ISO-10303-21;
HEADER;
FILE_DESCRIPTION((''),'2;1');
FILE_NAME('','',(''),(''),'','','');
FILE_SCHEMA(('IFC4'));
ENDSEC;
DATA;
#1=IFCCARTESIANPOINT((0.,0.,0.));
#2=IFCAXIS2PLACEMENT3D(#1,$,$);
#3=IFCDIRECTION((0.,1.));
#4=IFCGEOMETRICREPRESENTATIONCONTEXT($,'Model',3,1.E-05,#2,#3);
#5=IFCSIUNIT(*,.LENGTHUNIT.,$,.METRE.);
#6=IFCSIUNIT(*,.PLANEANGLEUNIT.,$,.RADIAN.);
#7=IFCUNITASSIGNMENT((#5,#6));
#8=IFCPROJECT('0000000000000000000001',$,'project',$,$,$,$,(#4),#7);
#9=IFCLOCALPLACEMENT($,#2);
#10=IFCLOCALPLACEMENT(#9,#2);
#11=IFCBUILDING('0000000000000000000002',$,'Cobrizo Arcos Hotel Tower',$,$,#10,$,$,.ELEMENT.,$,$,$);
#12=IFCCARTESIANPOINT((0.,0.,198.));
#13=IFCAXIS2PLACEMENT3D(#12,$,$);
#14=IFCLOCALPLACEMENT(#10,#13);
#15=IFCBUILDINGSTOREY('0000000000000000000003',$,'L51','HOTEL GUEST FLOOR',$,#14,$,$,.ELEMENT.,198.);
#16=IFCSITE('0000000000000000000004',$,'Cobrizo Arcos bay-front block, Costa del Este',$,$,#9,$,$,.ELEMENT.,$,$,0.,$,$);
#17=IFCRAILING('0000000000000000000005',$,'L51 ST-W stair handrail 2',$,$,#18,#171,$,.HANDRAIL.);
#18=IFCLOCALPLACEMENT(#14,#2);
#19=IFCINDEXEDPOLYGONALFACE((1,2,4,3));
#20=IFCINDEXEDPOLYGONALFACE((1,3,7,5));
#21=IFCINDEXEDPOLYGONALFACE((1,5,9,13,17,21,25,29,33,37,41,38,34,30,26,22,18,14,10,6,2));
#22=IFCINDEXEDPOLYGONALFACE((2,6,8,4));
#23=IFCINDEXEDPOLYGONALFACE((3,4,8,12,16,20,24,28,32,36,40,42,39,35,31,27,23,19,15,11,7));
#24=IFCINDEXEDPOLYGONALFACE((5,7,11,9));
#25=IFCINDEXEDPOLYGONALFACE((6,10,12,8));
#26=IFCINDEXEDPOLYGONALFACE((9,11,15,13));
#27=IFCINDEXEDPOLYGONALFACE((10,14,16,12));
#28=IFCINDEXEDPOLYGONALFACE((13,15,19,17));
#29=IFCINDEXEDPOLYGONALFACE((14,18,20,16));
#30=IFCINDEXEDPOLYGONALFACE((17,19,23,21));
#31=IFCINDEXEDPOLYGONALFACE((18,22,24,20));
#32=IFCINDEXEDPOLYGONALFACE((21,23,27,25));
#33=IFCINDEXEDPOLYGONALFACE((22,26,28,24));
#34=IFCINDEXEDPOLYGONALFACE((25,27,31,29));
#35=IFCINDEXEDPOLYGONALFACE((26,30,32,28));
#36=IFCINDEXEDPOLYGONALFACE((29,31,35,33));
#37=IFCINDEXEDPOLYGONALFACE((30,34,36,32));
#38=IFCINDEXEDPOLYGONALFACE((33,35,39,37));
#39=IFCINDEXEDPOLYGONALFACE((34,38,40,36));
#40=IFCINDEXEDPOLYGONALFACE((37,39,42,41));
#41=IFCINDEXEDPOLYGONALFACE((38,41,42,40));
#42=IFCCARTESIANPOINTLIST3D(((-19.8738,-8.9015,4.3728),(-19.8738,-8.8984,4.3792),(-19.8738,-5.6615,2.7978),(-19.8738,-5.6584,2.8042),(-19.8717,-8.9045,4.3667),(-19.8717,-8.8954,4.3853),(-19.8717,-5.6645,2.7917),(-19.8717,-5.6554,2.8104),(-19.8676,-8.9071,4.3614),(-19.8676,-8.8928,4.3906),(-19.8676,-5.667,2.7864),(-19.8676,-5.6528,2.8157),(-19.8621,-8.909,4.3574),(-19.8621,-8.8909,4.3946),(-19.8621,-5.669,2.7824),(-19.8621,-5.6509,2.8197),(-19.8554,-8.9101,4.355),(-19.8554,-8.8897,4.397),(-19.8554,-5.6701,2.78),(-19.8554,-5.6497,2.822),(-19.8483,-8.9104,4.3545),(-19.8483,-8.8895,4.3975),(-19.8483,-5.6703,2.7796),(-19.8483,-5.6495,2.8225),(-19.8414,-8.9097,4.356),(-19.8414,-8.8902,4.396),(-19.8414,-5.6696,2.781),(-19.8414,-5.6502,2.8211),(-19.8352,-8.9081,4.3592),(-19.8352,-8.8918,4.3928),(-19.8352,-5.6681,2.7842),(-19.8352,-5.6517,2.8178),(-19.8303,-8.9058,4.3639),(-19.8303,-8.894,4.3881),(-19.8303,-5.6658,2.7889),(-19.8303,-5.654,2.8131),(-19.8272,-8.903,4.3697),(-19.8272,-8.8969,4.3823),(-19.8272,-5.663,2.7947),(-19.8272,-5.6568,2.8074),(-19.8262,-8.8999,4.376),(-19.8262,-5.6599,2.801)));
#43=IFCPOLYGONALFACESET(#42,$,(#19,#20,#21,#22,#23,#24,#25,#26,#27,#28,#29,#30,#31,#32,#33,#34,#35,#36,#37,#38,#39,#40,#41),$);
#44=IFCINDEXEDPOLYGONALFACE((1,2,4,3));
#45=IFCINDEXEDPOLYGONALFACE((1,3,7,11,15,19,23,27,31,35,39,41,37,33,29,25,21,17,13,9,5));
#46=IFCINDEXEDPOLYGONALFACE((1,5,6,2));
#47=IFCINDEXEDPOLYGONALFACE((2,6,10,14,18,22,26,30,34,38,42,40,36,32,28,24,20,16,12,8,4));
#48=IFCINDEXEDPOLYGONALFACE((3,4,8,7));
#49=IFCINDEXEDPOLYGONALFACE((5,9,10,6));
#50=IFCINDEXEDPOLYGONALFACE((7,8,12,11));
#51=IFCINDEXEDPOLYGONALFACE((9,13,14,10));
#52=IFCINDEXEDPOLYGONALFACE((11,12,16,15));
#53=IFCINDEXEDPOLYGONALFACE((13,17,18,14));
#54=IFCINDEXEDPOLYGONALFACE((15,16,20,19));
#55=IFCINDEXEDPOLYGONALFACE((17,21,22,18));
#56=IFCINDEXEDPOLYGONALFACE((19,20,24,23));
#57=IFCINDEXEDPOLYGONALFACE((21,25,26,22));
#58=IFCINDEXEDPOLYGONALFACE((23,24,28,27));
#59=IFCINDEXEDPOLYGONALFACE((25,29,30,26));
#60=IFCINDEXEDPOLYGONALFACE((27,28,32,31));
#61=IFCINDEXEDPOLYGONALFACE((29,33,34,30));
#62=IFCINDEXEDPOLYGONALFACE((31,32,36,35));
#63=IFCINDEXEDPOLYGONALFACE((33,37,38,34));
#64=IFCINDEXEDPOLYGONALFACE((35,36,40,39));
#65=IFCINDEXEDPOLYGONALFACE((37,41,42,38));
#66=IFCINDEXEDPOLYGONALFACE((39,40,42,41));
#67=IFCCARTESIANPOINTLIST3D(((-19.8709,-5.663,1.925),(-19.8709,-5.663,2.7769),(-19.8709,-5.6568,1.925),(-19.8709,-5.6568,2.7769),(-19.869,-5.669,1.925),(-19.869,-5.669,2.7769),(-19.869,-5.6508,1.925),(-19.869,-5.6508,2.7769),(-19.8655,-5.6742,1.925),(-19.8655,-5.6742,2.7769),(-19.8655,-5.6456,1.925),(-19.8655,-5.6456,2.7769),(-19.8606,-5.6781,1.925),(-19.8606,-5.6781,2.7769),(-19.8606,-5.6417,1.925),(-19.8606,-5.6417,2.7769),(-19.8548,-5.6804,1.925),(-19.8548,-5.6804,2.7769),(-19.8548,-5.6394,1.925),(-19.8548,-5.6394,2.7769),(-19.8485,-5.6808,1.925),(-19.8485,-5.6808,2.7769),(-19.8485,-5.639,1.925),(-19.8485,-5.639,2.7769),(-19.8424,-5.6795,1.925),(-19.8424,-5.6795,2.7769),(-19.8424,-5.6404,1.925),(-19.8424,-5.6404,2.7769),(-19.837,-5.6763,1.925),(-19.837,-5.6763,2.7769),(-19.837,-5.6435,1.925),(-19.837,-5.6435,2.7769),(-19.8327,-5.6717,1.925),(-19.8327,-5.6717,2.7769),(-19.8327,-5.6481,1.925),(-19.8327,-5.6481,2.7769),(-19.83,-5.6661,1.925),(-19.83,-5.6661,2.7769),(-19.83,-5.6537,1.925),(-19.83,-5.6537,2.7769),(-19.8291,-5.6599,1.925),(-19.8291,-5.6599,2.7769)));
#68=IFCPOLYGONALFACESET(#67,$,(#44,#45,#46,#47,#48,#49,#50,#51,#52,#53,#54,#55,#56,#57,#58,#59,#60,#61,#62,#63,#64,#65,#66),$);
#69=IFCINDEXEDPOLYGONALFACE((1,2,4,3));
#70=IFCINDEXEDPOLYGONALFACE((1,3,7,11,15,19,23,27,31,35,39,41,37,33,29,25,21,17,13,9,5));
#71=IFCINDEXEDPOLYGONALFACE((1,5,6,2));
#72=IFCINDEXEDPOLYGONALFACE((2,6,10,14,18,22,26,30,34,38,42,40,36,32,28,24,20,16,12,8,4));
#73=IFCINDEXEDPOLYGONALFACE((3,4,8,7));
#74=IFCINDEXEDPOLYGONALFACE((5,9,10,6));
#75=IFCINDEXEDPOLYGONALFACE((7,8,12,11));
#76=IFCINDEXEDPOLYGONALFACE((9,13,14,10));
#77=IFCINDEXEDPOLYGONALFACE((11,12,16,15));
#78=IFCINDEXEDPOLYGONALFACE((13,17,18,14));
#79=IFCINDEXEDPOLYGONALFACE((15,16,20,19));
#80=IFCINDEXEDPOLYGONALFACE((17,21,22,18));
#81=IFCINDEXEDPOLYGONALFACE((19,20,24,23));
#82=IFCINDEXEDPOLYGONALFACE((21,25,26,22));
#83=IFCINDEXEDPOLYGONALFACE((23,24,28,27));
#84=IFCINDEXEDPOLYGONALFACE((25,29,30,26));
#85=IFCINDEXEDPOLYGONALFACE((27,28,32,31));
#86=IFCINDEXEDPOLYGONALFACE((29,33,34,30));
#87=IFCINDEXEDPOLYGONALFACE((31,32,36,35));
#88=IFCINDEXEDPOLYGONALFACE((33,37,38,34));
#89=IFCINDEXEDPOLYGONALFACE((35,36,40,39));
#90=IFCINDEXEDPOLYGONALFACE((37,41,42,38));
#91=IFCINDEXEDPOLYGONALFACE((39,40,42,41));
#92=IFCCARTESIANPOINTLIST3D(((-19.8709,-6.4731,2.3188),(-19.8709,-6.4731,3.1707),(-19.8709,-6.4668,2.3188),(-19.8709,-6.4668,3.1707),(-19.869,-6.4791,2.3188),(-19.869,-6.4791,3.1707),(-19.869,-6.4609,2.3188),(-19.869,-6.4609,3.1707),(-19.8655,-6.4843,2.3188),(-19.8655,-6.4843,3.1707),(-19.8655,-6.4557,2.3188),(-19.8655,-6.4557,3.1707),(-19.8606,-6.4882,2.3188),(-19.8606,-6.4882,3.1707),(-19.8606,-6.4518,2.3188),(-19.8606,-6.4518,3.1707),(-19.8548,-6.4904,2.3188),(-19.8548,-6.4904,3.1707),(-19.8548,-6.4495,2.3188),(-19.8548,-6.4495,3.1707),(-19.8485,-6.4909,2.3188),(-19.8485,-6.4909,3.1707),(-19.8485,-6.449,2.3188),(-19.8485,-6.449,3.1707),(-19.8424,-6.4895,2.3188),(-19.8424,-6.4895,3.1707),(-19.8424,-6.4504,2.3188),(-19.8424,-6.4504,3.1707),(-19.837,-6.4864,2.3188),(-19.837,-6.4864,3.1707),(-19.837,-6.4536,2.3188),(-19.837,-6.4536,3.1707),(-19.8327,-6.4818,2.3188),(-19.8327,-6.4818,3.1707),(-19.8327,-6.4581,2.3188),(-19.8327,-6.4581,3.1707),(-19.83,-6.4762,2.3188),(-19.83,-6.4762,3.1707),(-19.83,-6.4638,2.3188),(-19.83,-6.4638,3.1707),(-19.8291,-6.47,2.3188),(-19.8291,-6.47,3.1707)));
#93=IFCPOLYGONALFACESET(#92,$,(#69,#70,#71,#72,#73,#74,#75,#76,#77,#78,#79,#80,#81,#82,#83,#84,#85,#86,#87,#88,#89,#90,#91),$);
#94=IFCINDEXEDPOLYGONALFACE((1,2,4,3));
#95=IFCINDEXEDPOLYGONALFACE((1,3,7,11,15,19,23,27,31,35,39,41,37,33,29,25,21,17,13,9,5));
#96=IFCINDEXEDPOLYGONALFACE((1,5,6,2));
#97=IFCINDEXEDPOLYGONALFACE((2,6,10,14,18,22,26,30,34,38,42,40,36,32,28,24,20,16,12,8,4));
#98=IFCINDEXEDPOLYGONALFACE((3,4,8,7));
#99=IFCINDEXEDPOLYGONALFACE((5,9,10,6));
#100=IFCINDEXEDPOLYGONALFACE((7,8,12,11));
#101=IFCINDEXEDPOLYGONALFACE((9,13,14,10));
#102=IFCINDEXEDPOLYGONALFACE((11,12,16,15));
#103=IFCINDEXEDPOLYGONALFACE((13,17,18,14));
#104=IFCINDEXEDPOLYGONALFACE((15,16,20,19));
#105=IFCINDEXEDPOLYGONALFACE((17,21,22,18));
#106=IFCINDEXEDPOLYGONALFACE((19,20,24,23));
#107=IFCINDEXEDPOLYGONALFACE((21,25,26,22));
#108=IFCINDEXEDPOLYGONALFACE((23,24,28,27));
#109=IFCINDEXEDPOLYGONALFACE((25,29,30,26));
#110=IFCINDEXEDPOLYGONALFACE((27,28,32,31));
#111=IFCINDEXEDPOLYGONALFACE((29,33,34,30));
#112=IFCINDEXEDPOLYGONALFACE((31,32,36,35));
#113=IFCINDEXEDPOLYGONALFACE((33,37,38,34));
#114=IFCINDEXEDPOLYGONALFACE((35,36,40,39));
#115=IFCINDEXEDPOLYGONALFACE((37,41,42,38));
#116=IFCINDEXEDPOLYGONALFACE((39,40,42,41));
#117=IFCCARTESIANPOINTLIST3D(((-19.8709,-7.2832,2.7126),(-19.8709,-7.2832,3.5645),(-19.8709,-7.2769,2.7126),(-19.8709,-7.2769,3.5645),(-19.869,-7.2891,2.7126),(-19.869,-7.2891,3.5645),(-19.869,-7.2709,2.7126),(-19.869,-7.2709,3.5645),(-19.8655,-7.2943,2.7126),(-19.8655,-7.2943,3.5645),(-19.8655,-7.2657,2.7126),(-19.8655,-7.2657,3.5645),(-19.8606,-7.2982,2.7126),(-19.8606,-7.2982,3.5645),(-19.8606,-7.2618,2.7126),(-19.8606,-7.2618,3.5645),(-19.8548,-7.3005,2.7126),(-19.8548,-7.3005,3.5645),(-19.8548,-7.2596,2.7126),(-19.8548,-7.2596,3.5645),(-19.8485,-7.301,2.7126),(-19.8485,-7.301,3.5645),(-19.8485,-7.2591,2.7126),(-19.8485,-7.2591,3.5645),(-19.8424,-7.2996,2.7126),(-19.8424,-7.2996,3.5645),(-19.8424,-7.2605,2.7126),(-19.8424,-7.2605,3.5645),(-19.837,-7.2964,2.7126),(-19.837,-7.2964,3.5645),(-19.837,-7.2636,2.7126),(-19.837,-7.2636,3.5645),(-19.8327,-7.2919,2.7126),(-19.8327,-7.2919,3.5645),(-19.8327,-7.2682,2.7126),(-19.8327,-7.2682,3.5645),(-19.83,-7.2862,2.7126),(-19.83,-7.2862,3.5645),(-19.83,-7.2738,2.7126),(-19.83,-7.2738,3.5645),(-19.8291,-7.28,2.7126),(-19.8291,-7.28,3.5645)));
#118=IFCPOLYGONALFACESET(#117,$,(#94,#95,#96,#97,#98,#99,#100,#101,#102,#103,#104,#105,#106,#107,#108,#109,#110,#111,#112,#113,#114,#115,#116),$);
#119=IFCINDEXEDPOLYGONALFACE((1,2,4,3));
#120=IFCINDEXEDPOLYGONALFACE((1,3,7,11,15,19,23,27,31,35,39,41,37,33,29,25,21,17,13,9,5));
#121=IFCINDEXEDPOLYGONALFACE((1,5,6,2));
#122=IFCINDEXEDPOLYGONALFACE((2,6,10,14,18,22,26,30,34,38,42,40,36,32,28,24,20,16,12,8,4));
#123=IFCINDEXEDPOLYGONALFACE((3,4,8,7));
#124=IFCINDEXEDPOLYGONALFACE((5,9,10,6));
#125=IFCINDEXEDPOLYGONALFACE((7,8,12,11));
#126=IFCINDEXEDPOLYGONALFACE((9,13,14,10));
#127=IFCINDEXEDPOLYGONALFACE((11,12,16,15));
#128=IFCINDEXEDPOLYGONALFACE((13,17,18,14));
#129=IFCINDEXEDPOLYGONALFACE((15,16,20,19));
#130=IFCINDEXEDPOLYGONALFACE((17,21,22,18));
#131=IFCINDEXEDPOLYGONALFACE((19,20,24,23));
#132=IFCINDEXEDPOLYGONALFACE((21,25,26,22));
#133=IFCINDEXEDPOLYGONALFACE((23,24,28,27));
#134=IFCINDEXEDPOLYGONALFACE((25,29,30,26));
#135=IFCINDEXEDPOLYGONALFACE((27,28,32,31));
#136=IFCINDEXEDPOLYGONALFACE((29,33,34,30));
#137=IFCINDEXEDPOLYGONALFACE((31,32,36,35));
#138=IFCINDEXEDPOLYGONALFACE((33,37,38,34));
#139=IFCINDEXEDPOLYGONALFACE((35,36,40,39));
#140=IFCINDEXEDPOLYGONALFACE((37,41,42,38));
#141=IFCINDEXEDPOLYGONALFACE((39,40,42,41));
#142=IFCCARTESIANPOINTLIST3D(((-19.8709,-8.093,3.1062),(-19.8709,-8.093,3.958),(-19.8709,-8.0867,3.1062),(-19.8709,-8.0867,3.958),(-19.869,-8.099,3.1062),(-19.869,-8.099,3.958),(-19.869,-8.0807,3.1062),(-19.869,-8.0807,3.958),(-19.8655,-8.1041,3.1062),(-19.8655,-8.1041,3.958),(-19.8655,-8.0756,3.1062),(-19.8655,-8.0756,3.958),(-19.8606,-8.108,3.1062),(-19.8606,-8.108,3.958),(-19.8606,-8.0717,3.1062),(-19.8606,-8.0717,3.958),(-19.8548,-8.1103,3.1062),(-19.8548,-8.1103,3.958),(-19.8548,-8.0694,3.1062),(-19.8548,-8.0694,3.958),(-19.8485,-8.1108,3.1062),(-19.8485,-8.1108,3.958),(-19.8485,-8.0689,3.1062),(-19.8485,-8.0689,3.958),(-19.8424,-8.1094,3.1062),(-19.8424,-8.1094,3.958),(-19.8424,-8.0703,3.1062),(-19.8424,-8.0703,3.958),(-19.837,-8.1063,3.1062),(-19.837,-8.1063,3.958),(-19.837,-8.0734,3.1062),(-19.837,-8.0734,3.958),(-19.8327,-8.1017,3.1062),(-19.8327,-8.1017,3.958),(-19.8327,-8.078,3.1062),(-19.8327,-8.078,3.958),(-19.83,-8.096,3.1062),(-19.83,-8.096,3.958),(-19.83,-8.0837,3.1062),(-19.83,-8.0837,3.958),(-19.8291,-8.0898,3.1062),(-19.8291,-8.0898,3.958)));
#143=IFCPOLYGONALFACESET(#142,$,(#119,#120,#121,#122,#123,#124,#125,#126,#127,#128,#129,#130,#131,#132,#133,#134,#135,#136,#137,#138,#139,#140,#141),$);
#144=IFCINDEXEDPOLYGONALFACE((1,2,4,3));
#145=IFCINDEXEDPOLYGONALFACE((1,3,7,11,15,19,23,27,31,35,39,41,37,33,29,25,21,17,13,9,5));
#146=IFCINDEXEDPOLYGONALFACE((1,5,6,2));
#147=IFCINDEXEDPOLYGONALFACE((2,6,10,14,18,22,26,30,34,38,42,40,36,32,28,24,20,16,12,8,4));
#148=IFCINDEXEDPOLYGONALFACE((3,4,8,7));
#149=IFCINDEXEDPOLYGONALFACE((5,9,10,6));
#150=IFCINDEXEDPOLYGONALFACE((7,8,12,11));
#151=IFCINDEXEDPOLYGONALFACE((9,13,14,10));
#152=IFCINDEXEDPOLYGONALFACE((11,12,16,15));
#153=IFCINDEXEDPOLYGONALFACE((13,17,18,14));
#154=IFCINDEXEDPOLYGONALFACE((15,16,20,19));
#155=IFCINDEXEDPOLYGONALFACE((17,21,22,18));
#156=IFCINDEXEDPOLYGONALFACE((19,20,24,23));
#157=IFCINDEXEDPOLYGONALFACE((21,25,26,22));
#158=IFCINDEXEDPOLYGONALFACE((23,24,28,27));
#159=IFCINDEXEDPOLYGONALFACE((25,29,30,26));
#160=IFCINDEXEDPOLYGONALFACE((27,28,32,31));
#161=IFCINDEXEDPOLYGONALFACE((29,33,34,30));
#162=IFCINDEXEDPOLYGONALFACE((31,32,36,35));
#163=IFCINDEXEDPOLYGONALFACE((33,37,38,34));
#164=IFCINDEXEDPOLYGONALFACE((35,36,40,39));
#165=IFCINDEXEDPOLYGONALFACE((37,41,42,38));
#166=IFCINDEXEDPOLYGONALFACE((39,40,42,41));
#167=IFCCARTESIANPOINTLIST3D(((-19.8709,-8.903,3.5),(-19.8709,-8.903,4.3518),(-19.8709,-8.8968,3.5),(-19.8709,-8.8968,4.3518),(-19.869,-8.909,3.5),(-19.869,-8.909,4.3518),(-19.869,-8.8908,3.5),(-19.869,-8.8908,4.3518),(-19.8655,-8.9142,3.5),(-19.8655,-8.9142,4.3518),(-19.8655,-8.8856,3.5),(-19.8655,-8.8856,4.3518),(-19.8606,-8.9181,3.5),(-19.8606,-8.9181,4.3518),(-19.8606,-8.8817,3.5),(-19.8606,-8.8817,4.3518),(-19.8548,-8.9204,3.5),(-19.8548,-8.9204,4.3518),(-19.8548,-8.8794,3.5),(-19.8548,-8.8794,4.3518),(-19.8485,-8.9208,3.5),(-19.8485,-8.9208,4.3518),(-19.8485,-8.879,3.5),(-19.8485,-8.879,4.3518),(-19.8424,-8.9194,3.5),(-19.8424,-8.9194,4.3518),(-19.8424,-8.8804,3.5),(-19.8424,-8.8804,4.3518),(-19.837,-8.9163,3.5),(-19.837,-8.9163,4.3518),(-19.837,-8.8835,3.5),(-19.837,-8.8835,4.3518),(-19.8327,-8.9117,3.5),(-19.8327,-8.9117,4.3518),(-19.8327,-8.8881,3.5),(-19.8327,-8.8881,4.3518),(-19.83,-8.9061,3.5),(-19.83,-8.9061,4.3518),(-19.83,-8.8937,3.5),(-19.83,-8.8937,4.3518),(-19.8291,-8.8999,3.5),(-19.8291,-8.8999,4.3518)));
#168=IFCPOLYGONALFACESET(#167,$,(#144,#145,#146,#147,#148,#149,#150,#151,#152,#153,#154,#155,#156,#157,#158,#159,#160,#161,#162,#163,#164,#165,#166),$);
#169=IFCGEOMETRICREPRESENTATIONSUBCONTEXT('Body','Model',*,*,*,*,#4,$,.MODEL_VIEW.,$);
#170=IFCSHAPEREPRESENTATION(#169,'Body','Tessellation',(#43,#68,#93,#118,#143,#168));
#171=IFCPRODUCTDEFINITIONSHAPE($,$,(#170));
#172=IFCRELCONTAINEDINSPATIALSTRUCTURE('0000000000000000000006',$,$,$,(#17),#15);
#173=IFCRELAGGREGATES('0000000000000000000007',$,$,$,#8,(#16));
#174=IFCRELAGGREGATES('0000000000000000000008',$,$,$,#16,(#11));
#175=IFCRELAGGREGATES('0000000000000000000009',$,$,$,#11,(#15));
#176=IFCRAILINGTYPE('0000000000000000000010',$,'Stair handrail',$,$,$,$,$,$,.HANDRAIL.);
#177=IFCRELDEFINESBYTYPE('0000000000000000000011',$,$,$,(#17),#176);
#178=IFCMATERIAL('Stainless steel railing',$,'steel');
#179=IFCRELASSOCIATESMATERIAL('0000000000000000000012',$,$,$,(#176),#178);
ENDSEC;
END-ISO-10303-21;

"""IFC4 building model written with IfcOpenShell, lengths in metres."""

from ifc_helpers import new_model, si_unit, direction, frame, origin, origin_2d, place, context, subcontext, project, spatial, circle, extrude, material, type_object, element, save


model = new_model("IFC4")

# Units and contexts
model_context = context("Model", 3, precision=1e-05, world=origin(), true_north=direction((0.0, 1.0)))
body_context = subcontext(model_context, "Body", "Model", "MODEL_VIEW")
ifc_project = project(units=[si_unit("LENGTHUNIT", "METRE"), si_unit("PLANEANGLEUNIT", "RADIAN")], contexts=[model_context])

# Site, building, storey
site_placement = place(None, origin())
site = spatial("IfcSite", under=ifc_project, at=site_placement, Name="Cobrizo Arcos bay-front block, Costa del Este", CompositionType="ELEMENT", RefElevation=0.0)
building_placement = place(site_placement, origin())
building = spatial("IfcBuilding", under=site, at=building_placement, Name="Cobrizo Arcos Hotel Tower", CompositionType="ELEMENT")
storey_placement = place(building_placement, frame((0.0, 0.0, 198.0)))
storey = spatial("IfcBuildingStorey", under=building, at=storey_placement, Name="L51", Description="HOTEL GUEST FLOOR", CompositionType="ELEMENT", Elevation=198.0)

# Railing
ifc_material_1 = material(Name="Stainless steel railing", Category="steel")
railing_type_1 = type_object("IfcRailingType", Name="Stair handrail", PredefinedType="HANDRAIL", material=ifc_material_1)
railing_1_placement = place(storey_placement, frame((-19.8501, -5.6599, 1.925)))
element("IfcRailing", 1, at=railing_1_placement, inside=storey, type_object=railing_type_1, Name="L51 ST-W stair handrail 2", PredefinedType="HANDRAIL", context=body_context, shape_type="SweptSolid", body=[
    extrude(circle(Radius=0.0239, at=origin_2d()), frame((0.0, 0.0, 0.876), z_axis=(0.0, -0.899373, 0.437183), x_axis=(1.0, 0.0, 0.0)), (0.0, 0.0, 1.0), 3.6025),
    extrude(circle(Radius=0.021, at=origin_2d()), origin(), (0.0, 0.0, 1.0), 0.8518),
    extrude(circle(Radius=0.021, at=origin_2d()), frame((0.0, -0.8101, 0.3938)), (0.0, 0.0, 1.0), 0.8518),
    extrude(circle(Radius=0.021, at=origin_2d()), frame((0.0, -1.6201, 0.7876)), (0.0, 0.0, 1.0), 0.8518),
    extrude(circle(Radius=0.021, at=origin_2d()), frame((0.0, -2.4299, 1.1812)), (0.0, 0.0, 1.0), 0.8518),
    extrude(circle(Radius=0.021, at=origin_2d()), frame((0.0, -3.24, 1.575)), (0.0, 0.0, 1.0), 0.8518),
])

save(model, "model.ifc")
